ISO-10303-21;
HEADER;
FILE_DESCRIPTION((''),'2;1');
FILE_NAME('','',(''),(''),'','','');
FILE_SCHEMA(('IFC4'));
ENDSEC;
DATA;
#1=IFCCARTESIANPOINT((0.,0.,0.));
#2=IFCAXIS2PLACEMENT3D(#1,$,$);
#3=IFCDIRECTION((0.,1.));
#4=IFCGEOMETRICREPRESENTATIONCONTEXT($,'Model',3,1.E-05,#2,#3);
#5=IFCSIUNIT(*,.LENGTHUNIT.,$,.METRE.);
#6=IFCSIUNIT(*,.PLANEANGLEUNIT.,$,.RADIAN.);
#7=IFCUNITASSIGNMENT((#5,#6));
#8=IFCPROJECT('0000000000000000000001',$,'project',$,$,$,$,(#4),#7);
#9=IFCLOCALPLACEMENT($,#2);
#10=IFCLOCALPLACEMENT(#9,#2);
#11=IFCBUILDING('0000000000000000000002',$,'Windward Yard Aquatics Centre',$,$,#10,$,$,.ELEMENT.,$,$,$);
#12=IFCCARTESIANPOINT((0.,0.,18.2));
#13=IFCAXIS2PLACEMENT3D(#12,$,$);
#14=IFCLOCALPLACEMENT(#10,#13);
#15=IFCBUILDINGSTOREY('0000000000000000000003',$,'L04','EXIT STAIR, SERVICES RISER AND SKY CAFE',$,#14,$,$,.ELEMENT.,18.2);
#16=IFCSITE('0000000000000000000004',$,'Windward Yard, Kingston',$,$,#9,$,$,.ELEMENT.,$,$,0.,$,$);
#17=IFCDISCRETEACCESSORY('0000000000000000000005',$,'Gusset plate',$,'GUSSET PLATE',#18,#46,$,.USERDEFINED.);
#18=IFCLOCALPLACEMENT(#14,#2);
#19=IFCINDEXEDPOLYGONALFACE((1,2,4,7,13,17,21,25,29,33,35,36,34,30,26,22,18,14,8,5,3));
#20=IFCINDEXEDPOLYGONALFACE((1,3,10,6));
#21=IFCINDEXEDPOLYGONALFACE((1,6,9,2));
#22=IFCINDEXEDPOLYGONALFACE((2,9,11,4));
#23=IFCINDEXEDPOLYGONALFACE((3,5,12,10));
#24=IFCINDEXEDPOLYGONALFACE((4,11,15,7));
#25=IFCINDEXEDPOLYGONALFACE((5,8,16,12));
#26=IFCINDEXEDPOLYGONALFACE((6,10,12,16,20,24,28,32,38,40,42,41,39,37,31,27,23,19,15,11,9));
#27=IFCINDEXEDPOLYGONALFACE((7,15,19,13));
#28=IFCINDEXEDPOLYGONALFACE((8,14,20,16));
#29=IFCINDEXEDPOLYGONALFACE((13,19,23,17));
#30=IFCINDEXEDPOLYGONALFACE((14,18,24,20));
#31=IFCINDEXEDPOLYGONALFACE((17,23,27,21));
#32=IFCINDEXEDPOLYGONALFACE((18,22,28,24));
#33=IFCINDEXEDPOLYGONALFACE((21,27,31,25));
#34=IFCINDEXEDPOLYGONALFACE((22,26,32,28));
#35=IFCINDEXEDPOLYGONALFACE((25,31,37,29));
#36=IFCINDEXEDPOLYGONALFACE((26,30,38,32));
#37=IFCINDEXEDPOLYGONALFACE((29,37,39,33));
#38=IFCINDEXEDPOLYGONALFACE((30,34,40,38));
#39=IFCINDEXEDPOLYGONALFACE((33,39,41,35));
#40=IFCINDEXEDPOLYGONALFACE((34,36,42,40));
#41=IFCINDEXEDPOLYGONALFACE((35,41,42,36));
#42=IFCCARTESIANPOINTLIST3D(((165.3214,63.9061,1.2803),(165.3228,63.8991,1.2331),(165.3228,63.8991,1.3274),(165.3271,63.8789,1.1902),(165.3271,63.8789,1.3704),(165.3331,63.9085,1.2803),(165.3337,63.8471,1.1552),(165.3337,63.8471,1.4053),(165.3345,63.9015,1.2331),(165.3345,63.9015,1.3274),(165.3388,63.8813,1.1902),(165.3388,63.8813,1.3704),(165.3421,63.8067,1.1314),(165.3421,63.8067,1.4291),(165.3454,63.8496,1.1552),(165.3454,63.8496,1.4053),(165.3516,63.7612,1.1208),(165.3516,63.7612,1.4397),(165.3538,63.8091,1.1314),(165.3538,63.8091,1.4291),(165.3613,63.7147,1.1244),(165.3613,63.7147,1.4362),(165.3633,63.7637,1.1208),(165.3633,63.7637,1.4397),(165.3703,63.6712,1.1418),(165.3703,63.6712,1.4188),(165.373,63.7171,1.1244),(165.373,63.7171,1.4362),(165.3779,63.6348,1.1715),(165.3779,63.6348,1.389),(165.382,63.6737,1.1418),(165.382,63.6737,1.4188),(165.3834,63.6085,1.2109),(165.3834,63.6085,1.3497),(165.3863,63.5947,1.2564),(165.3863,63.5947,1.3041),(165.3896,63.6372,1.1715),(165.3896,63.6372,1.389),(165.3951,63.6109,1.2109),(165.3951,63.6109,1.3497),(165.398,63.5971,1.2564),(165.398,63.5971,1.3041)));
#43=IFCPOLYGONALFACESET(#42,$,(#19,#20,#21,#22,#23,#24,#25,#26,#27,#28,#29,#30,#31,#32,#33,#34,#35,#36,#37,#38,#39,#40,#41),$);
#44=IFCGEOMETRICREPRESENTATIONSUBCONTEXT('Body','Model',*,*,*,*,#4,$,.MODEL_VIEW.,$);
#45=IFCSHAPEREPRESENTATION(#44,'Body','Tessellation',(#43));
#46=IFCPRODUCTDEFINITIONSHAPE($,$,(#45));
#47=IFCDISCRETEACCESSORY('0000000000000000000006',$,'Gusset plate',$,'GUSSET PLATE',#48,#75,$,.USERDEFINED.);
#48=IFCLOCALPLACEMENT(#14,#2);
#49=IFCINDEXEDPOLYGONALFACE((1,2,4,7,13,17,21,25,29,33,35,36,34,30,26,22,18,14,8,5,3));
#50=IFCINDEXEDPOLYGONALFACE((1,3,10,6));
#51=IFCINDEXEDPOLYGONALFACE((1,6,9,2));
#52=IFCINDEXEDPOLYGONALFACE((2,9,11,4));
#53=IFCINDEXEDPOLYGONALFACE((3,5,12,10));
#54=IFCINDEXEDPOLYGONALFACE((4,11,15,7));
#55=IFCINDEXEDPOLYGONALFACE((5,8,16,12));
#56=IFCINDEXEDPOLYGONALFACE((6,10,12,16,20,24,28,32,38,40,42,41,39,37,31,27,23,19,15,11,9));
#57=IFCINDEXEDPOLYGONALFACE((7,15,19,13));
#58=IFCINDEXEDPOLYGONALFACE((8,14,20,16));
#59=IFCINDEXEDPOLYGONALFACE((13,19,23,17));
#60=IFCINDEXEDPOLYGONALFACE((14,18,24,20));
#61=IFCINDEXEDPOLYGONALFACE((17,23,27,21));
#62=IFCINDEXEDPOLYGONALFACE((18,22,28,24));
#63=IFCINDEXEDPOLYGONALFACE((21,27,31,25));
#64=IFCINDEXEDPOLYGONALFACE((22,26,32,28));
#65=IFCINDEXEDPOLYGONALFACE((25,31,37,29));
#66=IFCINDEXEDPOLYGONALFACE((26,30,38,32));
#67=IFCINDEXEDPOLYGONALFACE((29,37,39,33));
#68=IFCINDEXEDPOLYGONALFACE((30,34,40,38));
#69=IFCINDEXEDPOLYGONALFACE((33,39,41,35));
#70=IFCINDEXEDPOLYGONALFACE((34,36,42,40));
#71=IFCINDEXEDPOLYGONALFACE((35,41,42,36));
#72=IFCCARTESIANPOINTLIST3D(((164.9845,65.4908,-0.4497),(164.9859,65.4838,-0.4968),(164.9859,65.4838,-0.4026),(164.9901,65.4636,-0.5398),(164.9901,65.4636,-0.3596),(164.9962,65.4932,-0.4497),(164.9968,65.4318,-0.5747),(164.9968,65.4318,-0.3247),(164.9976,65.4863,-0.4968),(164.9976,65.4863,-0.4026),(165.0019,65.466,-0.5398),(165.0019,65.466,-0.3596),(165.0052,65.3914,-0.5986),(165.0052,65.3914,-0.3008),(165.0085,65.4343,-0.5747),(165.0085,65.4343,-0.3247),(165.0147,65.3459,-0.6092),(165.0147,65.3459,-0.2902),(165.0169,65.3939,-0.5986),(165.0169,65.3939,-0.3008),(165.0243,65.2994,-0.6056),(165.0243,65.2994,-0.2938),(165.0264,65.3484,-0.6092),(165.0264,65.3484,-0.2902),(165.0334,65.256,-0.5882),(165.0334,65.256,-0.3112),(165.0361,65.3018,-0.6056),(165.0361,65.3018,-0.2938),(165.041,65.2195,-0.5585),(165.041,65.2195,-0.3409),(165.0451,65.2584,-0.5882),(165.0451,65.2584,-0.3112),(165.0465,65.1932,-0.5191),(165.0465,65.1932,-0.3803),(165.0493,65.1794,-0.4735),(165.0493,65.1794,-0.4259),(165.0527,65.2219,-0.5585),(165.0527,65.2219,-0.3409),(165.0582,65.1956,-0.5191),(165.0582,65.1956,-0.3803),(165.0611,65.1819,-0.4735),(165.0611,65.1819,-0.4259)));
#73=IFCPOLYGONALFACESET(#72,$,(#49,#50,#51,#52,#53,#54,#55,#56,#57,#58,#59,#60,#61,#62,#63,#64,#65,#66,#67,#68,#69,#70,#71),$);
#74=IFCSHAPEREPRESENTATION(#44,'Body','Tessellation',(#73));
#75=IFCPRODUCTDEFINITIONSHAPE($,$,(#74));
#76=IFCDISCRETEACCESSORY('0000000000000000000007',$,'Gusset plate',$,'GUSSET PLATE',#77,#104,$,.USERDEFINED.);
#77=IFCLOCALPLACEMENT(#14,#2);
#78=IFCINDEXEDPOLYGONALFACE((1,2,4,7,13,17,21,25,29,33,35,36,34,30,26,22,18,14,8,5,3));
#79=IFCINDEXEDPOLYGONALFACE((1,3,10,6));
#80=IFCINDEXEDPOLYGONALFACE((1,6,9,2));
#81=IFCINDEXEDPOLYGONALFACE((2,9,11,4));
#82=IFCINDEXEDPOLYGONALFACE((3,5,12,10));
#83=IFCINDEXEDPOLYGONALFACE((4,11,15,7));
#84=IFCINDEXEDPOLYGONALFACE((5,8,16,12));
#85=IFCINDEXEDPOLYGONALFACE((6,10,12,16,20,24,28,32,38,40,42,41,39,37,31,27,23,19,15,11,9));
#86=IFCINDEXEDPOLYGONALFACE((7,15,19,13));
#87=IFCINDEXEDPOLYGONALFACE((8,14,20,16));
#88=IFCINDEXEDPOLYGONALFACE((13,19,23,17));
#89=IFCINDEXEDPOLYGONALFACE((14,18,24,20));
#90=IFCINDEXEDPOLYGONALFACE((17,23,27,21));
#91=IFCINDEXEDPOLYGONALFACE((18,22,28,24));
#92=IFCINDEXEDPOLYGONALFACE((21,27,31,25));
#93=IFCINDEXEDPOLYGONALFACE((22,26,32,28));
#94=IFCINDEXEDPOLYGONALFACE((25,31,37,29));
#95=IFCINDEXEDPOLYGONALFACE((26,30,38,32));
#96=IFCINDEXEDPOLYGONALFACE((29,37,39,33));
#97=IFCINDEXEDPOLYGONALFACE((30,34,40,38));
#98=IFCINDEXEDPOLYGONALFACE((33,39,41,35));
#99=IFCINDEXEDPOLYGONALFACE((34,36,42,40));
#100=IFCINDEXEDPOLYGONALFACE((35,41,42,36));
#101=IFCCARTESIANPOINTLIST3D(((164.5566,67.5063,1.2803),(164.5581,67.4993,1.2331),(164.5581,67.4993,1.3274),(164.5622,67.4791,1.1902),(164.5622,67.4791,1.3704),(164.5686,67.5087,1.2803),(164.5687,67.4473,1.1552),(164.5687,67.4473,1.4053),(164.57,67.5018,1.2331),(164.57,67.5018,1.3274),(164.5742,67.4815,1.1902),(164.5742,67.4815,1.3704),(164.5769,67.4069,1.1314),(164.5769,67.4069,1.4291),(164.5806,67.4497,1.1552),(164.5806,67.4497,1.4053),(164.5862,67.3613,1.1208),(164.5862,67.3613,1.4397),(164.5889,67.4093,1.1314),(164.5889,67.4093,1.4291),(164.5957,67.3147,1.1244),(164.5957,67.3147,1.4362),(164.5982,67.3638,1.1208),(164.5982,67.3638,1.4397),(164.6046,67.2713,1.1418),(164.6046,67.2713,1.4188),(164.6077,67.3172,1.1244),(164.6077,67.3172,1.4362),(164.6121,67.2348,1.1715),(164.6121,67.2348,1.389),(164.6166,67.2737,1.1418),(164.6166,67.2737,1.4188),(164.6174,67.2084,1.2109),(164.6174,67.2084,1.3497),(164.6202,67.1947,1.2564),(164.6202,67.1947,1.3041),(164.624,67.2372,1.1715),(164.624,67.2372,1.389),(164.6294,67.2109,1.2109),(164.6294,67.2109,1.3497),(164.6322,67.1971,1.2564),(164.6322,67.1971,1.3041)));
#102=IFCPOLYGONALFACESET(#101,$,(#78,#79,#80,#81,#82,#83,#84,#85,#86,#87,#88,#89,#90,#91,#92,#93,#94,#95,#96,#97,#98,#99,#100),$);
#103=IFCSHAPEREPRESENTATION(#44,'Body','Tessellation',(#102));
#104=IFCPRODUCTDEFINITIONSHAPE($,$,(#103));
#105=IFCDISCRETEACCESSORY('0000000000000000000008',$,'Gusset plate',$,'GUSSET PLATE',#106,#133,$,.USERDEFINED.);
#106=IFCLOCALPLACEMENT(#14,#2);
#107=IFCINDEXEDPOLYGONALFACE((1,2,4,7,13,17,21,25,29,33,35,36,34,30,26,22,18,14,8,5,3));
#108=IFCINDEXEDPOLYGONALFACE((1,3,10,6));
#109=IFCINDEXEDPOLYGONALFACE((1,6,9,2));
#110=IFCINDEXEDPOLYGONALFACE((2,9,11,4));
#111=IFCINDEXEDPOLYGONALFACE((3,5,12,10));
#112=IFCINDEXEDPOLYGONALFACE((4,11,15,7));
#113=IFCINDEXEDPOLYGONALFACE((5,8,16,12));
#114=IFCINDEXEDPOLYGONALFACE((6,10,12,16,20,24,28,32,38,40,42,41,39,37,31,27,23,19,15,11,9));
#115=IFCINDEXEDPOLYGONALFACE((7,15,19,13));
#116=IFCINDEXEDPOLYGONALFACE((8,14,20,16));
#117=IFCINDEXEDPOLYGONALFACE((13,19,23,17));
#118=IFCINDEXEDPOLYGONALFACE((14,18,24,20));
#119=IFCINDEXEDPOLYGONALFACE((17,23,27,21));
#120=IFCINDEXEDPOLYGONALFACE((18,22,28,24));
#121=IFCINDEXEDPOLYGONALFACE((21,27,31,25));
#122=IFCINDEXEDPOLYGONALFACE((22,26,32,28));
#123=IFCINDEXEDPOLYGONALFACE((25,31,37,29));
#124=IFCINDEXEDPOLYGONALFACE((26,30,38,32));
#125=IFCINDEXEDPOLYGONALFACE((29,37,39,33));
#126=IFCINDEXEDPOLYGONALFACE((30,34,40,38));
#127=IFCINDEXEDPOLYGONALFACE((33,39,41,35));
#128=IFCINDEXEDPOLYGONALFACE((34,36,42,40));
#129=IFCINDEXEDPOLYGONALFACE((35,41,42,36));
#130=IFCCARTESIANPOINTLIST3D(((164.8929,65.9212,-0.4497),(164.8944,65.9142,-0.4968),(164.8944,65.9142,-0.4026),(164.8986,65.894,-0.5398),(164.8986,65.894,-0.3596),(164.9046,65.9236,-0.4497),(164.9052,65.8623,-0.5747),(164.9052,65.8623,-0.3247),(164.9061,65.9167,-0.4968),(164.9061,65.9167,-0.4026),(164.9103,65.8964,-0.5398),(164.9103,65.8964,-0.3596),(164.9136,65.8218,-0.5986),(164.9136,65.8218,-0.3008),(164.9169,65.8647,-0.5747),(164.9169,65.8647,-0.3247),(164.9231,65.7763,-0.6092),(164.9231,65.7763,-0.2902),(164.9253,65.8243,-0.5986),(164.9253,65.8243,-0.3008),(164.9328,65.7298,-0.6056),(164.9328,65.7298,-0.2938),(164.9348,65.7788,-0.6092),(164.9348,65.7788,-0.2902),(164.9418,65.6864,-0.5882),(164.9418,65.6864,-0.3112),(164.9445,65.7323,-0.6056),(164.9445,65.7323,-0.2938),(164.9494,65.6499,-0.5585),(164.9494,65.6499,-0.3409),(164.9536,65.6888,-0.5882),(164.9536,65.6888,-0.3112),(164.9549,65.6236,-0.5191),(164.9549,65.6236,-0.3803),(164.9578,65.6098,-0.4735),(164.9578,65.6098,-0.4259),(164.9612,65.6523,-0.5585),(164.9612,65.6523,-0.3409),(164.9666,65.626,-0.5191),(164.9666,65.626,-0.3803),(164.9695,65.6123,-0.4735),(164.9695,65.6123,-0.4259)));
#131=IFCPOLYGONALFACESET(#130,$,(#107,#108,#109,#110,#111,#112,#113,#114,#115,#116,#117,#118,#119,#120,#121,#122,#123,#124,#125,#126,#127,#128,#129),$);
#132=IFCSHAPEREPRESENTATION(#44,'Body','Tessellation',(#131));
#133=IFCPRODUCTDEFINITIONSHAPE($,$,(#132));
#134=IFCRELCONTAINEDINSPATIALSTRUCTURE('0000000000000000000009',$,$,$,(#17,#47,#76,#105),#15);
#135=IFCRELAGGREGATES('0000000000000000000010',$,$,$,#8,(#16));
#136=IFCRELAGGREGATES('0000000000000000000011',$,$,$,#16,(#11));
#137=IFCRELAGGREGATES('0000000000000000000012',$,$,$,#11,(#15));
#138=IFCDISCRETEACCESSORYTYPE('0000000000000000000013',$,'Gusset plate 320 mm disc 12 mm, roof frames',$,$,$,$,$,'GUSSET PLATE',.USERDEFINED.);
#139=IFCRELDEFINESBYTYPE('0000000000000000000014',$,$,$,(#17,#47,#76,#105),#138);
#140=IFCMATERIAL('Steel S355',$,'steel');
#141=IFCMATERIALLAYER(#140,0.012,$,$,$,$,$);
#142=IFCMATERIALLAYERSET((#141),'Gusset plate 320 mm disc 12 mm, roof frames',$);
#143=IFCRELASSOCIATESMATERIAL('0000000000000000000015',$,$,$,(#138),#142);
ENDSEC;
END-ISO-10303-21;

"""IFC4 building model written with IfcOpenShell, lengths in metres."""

from ifc_helpers import new_model, si_unit, direction, frame, origin, origin_2d, place, context, subcontext, project, spatial, circle, extrude, material, layer, layer_set, type_object, element, save


model = new_model("IFC4")

# Units and contexts
model_context = context("Model", 3, precision=1e-05, world=origin(), true_north=direction((0.0, 1.0)))
body_context = subcontext(model_context, "Body", "Model", "MODEL_VIEW")
ifc_project = project(units=[si_unit("LENGTHUNIT", "METRE"), si_unit("PLANEANGLEUNIT", "RADIAN")], contexts=[model_context])

# Site, building, storey
site_placement = place(None, origin())
site = spatial("IfcSite", under=ifc_project, at=site_placement, Name="Windward Yard, Kingston", CompositionType="ELEMENT", RefElevation=0.0)
building_placement = place(site_placement, origin())
building = spatial("IfcBuilding", under=site, at=building_placement, Name="Windward Yard Aquatics Centre", CompositionType="ELEMENT")
storey_placement = place(building_placement, frame((0.0, 0.0, 18.2)))
storey = spatial("IfcBuildingStorey", under=building, at=storey_placement, Name="L04", Description="EXIT STAIR, SERVICES RISER AND SKY CAFE", CompositionType="ELEMENT", Elevation=18.2)

# Discrete accessories
ifc_material_1 = material(Name="Steel S355", Category="steel")
ifc_layer = layer(ifc_material_1, 0.012)
ifc_layer_set = layer_set([ifc_layer], Name="Gusset plate 320 mm disc 12 mm, roof frames")
discrete_accessory_type = type_object("IfcDiscreteAccessoryType", Name="Gusset plate 320 mm disc 12 mm, roof frames", ElementType="GUSSET PLATE", PredefinedType="USERDEFINED", material=ifc_layer_set)
for number, where, z_axis, x_axis, name in (
    (1, (165.354, 63.7495, 1.2803), (0.97898, 0.203954, 0.0), (-0.203954, 0.97898, 0.0), "Gusset plate"),
    (2, (165.0171, 65.3342, -0.4497), (0.97898, 0.203954, 0.0), (-0.203954, 0.97898, 0.0), "Gusset plate"),
):
    element("IfcDiscreteAccessory", number, at=place(storey_placement, frame(where, z_axis=z_axis, x_axis=x_axis)), inside=storey, type_object=discrete_accessory_type, Name=name, ObjectType="GUSSET PLATE", PredefinedType="USERDEFINED", context=body_context, shape_type="SweptSolid", body=[
        extrude(circle(Radius=0.1599, at=origin_2d()), origin(), (0.0, 0.0, 1.0), 0.012),
    ])
discrete_accessory_1_placement = place(storey_placement, frame((164.5886, 67.3496, 1.2803), z_axis=(0.979804, 0.19996, 0.0), x_axis=(-0.19996, 0.979804, 0.0)))
element("IfcDiscreteAccessory", 3, at=discrete_accessory_1_placement, inside=storey, type_object=discrete_accessory_type, Name="Gusset plate", ObjectType="GUSSET PLATE", PredefinedType="USERDEFINED", context=body_context, shape_type="SweptSolid", body=[
    extrude(circle(Radius=0.1599, at=origin_2d()), origin(), (0.0, 0.0, 1.0), 0.0122),
])
discrete_accessory_2_placement = place(storey_placement, frame((164.9255, 65.7646, -0.4497), z_axis=(0.97898, 0.203954, 0.0), x_axis=(-0.203954, 0.97898, 0.0)))
element("IfcDiscreteAccessory", 4, at=discrete_accessory_2_placement, inside=storey, type_object=discrete_accessory_type, Name="Gusset plate", ObjectType="GUSSET PLATE", PredefinedType="USERDEFINED", context=body_context, shape_type="SweptSolid", body=[
    extrude(circle(Radius=0.1599, at=origin_2d()), origin(), (0.0, 0.0, 1.0), 0.012),
])

save(model, "model.ifc")
